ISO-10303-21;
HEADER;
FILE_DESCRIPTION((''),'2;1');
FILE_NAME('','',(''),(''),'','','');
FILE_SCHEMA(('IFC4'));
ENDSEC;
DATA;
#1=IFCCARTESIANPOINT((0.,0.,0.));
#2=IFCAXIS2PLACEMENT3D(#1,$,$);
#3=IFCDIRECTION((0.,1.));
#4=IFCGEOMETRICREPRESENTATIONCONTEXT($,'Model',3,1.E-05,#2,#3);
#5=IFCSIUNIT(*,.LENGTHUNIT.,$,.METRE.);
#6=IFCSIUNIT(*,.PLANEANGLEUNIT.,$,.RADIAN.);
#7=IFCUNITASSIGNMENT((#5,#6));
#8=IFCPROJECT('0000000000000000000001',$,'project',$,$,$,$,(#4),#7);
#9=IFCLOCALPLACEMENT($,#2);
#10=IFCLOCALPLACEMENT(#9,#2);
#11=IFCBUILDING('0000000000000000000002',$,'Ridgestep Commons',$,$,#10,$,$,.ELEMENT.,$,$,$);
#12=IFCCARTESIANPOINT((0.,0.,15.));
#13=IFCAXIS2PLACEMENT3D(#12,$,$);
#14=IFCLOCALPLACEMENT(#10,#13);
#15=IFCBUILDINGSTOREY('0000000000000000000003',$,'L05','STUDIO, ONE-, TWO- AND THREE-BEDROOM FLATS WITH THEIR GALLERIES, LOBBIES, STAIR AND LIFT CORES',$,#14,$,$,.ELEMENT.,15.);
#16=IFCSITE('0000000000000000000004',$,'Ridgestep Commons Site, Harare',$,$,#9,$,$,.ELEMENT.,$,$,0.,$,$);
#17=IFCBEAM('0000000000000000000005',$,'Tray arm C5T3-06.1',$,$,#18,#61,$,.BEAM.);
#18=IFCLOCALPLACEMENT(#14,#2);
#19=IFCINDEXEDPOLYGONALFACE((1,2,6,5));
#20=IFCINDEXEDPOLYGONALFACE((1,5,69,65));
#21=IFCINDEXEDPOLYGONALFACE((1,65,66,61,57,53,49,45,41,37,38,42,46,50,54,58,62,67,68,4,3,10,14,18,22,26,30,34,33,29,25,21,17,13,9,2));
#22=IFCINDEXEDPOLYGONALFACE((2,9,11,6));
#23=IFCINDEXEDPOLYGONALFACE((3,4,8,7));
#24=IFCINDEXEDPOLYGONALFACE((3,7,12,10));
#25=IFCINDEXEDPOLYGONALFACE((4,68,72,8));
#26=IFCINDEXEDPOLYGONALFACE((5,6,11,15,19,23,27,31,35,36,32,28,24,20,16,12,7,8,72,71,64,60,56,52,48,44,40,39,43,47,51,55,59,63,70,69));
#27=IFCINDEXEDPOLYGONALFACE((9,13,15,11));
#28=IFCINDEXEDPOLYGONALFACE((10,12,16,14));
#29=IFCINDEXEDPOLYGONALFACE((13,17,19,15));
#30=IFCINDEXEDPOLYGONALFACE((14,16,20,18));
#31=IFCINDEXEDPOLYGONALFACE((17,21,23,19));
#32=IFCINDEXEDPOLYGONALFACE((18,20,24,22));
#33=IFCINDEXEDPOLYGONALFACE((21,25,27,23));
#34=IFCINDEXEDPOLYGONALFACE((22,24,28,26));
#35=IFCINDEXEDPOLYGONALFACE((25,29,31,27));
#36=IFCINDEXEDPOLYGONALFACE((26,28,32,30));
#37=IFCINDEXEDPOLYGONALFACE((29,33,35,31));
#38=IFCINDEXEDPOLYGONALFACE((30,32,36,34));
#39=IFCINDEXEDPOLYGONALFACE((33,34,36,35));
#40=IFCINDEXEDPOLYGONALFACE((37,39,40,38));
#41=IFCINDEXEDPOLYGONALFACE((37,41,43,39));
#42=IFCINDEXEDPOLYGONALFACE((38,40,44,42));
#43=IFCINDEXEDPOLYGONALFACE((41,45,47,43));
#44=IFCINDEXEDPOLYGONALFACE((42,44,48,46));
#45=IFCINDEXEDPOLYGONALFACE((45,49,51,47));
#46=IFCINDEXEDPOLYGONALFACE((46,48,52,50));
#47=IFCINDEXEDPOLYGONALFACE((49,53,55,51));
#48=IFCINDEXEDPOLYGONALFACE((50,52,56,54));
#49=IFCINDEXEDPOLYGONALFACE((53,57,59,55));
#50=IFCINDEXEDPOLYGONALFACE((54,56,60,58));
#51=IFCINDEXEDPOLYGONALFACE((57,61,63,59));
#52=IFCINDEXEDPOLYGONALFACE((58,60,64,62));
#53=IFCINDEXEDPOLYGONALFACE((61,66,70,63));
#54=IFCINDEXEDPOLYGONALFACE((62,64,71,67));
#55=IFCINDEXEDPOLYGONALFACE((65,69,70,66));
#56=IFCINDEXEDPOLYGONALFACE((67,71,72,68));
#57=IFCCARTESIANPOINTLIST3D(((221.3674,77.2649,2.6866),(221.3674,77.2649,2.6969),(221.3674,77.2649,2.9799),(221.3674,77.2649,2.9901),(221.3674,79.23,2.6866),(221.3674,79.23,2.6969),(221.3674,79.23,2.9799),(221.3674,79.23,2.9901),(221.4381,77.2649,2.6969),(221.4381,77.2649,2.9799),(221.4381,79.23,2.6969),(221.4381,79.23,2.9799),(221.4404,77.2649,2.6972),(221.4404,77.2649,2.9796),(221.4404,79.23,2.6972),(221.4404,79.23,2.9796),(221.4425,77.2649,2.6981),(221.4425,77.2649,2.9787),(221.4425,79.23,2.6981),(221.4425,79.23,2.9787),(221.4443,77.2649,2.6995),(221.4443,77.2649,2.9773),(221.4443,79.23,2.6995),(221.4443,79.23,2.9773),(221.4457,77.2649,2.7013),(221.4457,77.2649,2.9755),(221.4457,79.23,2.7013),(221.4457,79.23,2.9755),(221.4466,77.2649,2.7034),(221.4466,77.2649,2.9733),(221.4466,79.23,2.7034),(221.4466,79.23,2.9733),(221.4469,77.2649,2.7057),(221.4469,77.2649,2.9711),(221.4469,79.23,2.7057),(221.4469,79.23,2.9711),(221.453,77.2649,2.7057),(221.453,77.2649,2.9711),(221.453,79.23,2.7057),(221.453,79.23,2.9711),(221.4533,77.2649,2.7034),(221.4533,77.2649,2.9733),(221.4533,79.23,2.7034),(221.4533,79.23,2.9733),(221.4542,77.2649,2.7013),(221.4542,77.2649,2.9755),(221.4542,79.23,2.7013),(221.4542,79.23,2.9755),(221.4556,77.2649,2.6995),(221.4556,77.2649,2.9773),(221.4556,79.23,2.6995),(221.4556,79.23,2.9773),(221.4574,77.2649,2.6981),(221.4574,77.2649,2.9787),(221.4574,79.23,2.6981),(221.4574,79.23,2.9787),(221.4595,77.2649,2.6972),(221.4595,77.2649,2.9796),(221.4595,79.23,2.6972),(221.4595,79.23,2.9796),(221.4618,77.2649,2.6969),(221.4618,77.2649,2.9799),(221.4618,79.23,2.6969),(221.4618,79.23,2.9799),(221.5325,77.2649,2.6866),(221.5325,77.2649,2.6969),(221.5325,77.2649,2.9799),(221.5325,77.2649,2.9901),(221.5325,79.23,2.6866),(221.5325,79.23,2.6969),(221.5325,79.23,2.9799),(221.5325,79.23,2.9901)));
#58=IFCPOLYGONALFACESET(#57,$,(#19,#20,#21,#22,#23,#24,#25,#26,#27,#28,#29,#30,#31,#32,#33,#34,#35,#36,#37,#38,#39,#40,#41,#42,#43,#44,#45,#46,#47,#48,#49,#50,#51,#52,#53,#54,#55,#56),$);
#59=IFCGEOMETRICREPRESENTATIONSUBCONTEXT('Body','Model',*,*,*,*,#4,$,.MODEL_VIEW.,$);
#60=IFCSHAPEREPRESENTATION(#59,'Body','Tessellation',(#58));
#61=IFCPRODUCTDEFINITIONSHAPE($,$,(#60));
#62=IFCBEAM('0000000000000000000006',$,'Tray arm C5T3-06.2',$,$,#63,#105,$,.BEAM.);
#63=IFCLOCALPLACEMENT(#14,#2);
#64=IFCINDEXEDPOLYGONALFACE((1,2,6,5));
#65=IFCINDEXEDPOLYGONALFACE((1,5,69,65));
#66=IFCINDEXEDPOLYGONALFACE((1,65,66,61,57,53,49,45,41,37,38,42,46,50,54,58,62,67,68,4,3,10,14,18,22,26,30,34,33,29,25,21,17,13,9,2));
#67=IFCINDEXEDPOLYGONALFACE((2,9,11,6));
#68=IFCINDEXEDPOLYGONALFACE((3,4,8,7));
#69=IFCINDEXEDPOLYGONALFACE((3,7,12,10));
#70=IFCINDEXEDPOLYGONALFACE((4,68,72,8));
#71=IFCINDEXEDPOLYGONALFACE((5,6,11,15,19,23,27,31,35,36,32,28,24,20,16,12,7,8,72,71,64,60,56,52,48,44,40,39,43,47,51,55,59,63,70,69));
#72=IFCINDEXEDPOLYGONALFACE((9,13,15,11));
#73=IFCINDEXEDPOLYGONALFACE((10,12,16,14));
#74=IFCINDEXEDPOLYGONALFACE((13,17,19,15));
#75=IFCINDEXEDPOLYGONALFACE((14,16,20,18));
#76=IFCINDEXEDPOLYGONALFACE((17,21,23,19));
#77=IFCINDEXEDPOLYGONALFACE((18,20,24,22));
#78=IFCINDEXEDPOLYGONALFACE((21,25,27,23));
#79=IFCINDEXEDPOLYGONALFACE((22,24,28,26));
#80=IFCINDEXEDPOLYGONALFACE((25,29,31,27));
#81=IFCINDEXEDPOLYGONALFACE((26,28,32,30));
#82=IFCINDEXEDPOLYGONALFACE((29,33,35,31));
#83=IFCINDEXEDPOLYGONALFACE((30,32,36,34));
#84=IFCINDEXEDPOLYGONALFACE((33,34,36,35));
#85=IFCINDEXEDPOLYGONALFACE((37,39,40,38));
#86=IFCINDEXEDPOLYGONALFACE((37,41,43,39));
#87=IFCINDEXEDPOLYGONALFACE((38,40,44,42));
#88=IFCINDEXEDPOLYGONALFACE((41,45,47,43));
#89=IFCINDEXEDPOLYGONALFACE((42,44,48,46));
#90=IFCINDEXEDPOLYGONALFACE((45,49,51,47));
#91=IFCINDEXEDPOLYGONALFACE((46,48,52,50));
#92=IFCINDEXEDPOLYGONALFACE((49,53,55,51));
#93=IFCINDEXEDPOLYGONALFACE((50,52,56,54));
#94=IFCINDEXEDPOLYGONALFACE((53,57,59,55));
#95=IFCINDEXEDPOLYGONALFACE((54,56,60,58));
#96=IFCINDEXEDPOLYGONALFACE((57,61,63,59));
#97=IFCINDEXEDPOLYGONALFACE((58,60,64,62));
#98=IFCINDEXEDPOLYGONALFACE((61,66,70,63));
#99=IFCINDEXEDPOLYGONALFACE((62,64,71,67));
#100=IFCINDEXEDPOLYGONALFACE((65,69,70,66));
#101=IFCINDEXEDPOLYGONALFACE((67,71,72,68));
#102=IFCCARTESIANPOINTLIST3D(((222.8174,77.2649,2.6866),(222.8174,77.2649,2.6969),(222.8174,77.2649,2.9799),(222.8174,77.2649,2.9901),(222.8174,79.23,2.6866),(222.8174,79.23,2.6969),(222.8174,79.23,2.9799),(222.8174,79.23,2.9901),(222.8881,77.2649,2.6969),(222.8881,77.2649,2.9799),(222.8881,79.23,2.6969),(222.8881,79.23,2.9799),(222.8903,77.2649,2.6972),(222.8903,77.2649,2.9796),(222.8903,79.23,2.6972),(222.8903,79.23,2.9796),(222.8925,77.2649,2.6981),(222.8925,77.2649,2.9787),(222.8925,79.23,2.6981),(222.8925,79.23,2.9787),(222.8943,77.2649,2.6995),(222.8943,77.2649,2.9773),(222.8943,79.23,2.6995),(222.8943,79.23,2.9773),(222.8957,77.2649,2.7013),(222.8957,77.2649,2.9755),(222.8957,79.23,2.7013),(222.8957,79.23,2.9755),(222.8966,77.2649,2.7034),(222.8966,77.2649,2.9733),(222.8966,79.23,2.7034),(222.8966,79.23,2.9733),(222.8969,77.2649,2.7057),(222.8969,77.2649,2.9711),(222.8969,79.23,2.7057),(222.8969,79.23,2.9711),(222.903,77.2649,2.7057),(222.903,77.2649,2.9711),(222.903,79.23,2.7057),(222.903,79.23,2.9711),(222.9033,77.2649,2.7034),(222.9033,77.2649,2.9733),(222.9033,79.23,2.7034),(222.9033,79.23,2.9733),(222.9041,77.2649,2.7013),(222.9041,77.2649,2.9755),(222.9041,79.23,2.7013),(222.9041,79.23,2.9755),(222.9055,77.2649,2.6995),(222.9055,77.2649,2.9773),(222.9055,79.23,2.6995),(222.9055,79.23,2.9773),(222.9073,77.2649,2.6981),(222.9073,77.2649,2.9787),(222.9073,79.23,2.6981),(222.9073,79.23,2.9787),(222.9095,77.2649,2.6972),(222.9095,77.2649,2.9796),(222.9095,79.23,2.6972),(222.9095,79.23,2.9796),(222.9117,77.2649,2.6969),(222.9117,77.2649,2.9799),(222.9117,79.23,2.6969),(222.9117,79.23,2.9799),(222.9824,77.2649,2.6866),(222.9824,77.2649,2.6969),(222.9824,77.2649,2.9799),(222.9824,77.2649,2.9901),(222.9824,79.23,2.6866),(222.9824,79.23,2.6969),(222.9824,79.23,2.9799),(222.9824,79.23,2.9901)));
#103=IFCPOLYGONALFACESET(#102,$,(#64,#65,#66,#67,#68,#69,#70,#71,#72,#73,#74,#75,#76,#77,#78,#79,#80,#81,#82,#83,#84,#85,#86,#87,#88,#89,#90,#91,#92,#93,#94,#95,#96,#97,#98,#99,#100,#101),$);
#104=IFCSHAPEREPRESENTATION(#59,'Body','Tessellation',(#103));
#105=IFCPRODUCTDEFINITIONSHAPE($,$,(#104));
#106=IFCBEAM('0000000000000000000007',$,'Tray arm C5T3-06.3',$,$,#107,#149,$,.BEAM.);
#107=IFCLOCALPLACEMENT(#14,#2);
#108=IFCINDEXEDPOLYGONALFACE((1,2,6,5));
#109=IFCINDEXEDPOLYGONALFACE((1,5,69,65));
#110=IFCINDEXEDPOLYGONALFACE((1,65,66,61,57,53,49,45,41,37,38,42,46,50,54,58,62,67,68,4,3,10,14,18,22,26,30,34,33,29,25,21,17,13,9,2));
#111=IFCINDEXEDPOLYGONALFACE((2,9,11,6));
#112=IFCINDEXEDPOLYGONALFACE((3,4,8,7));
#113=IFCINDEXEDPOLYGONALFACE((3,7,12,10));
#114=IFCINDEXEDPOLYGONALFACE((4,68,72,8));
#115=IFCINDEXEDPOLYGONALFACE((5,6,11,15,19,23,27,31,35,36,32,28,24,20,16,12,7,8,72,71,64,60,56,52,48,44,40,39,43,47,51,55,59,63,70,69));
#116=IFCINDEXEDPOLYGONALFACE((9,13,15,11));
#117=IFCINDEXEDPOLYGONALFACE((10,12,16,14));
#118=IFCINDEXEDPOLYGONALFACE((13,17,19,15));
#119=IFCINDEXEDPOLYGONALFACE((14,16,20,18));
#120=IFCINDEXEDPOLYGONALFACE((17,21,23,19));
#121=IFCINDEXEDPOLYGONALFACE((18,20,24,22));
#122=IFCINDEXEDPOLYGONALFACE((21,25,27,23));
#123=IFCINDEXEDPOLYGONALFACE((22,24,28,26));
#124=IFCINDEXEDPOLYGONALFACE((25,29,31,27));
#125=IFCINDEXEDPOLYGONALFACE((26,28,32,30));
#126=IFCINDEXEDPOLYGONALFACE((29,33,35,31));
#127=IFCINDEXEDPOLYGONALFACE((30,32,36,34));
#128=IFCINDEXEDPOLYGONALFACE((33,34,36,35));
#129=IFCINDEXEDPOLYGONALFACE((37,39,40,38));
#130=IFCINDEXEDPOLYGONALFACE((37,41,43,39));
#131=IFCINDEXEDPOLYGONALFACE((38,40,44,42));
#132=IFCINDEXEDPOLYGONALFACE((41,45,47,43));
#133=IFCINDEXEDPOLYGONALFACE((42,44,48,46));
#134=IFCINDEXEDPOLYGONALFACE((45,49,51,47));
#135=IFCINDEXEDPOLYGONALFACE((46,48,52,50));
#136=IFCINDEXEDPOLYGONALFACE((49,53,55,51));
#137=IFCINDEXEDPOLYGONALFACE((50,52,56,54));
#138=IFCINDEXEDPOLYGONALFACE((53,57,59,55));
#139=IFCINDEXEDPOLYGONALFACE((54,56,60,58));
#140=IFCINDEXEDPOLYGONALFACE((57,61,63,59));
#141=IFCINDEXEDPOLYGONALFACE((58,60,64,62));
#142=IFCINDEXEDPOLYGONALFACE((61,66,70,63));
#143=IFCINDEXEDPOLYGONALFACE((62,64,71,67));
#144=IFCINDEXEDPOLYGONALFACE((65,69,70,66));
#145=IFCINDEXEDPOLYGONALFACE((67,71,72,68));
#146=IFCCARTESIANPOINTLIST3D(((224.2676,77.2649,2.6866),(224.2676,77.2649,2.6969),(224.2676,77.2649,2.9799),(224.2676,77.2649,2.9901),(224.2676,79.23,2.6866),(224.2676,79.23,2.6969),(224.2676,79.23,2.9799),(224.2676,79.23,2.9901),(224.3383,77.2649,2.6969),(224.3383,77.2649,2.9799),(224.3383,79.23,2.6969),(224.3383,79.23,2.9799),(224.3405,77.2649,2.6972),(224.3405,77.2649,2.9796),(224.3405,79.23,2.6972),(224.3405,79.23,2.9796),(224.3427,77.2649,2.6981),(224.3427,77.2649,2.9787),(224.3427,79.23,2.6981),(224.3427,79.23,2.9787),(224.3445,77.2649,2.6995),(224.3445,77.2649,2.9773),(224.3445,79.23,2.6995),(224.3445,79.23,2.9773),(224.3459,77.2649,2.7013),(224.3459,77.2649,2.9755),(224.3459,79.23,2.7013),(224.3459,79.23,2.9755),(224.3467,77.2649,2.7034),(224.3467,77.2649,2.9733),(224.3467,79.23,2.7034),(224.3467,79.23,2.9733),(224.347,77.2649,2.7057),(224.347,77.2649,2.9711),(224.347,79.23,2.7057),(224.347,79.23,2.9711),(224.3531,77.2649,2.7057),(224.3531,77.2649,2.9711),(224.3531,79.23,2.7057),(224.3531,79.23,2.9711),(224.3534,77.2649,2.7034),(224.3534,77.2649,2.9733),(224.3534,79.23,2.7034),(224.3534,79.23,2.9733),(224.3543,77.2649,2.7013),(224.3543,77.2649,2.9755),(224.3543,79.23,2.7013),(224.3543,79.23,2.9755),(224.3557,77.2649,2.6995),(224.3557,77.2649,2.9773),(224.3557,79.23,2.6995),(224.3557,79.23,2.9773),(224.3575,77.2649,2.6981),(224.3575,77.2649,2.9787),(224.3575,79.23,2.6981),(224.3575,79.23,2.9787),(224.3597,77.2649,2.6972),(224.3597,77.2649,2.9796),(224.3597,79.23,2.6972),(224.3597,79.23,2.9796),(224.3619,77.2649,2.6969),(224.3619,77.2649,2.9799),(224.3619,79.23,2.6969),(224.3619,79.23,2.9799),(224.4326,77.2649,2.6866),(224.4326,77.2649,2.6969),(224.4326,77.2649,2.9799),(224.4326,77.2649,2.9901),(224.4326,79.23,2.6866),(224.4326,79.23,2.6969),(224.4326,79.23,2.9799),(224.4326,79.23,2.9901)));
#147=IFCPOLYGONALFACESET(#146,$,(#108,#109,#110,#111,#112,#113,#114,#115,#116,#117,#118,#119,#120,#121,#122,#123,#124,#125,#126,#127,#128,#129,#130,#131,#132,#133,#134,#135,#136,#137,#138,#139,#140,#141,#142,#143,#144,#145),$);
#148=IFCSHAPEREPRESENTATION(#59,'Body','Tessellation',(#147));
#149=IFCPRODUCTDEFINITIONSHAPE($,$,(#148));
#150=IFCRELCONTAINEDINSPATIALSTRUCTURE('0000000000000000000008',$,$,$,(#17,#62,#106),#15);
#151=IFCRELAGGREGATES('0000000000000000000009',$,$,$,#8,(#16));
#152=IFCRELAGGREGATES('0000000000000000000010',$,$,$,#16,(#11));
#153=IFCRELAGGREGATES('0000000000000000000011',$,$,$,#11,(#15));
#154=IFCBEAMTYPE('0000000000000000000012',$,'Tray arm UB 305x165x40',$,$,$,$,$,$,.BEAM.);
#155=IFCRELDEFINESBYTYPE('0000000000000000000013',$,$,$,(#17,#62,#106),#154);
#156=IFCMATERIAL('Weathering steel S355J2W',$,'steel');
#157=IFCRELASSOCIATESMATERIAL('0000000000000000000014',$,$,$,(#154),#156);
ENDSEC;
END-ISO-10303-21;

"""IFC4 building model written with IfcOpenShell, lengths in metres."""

from ifc_helpers import new_model, si_unit, direction, frame, origin, origin_2d, place, context, subcontext, project, spatial, i_section, extrude, material, material_profile, profile_set, type_object, element, save


model = new_model("IFC4")

# Units and contexts
model_context = context("Model", 3, precision=1e-05, world=origin(), true_north=direction((0.0, 1.0)))
body_context = subcontext(model_context, "Body", "Model", "MODEL_VIEW")
ifc_project = project(units=[si_unit("LENGTHUNIT", "METRE"), si_unit("PLANEANGLEUNIT", "RADIAN")], contexts=[model_context])

# Site, building, storey
site_placement = place(None, origin())
site = spatial("IfcSite", under=ifc_project, at=site_placement, Name="Ridgestep Commons Site, Harare", CompositionType="ELEMENT", RefElevation=0.0)
building_placement = place(site_placement, origin())
building = spatial("IfcBuilding", under=site, at=building_placement, Name="Ridgestep Commons", CompositionType="ELEMENT")
storey_placement = place(building_placement, frame((0.0, 0.0, 15.0)))
storey = spatial("IfcBuildingStorey", under=building, at=storey_placement, Name="L05", Description="STUDIO, ONE-, TWO- AND THREE-BEDROOM FLATS WITH THEIR GALLERIES, LOBBIES, STAIR AND LIFT CORES", CompositionType="ELEMENT", Elevation=15.0)

# Beams
ifc_material_1 = material(Name="Weathering steel S355J2W", Category="steel")
ifc_material_profile_1 = material_profile(ifc_material_1, i_section(OverallWidth=0.165, OverallDepth=0.3035, WebThickness=0.0061, FlangeThickness=0.0103, FilletRadius=0.0088, at=origin_2d()), Name="UB 305x165x40")
ifc_profile_set_1 = profile_set([ifc_material_profile_1], Name="Weathering steel S355J2W")
beam_type_1 = type_object("IfcBeamType", Name="Tray arm UB 305x165x40", PredefinedType="BEAM", material=ifc_profile_set_1)
for number, where, z_axis, x_axis, name in (
    (1, (221.45, 77.2649, 2.8384), (0.0, 1.0, 0.0), (-1.0, 0.0, 0.0), "Tray arm C5T3-06.1"),
    (2, (222.8999, 77.2649, 2.8384), (0.0, 1.0, 0.0), (-1.0, 0.0, 0.0), "Tray arm C5T3-06.2"),
    (3, (224.3501, 77.2649, 2.8384), (0.0, 1.0, 0.0), (-1.0, 0.0, 0.0), "Tray arm C5T3-06.3"),
):
    element("IfcBeam", number, at=place(storey_placement, frame(where, z_axis=z_axis, x_axis=x_axis)), inside=storey, type_object=beam_type_1, Name=name, PredefinedType="BEAM", context=body_context, shape_type="SweptSolid", body=[
        extrude(i_section(OverallWidth=0.165, OverallDepth=0.3035, WebThickness=0.0061, FlangeThickness=0.0103, FilletRadius=0.0088, at=origin_2d()), origin(), (0.0, 0.0, 1.0), 1.9651),
    ])

save(model, "model.ifc")
